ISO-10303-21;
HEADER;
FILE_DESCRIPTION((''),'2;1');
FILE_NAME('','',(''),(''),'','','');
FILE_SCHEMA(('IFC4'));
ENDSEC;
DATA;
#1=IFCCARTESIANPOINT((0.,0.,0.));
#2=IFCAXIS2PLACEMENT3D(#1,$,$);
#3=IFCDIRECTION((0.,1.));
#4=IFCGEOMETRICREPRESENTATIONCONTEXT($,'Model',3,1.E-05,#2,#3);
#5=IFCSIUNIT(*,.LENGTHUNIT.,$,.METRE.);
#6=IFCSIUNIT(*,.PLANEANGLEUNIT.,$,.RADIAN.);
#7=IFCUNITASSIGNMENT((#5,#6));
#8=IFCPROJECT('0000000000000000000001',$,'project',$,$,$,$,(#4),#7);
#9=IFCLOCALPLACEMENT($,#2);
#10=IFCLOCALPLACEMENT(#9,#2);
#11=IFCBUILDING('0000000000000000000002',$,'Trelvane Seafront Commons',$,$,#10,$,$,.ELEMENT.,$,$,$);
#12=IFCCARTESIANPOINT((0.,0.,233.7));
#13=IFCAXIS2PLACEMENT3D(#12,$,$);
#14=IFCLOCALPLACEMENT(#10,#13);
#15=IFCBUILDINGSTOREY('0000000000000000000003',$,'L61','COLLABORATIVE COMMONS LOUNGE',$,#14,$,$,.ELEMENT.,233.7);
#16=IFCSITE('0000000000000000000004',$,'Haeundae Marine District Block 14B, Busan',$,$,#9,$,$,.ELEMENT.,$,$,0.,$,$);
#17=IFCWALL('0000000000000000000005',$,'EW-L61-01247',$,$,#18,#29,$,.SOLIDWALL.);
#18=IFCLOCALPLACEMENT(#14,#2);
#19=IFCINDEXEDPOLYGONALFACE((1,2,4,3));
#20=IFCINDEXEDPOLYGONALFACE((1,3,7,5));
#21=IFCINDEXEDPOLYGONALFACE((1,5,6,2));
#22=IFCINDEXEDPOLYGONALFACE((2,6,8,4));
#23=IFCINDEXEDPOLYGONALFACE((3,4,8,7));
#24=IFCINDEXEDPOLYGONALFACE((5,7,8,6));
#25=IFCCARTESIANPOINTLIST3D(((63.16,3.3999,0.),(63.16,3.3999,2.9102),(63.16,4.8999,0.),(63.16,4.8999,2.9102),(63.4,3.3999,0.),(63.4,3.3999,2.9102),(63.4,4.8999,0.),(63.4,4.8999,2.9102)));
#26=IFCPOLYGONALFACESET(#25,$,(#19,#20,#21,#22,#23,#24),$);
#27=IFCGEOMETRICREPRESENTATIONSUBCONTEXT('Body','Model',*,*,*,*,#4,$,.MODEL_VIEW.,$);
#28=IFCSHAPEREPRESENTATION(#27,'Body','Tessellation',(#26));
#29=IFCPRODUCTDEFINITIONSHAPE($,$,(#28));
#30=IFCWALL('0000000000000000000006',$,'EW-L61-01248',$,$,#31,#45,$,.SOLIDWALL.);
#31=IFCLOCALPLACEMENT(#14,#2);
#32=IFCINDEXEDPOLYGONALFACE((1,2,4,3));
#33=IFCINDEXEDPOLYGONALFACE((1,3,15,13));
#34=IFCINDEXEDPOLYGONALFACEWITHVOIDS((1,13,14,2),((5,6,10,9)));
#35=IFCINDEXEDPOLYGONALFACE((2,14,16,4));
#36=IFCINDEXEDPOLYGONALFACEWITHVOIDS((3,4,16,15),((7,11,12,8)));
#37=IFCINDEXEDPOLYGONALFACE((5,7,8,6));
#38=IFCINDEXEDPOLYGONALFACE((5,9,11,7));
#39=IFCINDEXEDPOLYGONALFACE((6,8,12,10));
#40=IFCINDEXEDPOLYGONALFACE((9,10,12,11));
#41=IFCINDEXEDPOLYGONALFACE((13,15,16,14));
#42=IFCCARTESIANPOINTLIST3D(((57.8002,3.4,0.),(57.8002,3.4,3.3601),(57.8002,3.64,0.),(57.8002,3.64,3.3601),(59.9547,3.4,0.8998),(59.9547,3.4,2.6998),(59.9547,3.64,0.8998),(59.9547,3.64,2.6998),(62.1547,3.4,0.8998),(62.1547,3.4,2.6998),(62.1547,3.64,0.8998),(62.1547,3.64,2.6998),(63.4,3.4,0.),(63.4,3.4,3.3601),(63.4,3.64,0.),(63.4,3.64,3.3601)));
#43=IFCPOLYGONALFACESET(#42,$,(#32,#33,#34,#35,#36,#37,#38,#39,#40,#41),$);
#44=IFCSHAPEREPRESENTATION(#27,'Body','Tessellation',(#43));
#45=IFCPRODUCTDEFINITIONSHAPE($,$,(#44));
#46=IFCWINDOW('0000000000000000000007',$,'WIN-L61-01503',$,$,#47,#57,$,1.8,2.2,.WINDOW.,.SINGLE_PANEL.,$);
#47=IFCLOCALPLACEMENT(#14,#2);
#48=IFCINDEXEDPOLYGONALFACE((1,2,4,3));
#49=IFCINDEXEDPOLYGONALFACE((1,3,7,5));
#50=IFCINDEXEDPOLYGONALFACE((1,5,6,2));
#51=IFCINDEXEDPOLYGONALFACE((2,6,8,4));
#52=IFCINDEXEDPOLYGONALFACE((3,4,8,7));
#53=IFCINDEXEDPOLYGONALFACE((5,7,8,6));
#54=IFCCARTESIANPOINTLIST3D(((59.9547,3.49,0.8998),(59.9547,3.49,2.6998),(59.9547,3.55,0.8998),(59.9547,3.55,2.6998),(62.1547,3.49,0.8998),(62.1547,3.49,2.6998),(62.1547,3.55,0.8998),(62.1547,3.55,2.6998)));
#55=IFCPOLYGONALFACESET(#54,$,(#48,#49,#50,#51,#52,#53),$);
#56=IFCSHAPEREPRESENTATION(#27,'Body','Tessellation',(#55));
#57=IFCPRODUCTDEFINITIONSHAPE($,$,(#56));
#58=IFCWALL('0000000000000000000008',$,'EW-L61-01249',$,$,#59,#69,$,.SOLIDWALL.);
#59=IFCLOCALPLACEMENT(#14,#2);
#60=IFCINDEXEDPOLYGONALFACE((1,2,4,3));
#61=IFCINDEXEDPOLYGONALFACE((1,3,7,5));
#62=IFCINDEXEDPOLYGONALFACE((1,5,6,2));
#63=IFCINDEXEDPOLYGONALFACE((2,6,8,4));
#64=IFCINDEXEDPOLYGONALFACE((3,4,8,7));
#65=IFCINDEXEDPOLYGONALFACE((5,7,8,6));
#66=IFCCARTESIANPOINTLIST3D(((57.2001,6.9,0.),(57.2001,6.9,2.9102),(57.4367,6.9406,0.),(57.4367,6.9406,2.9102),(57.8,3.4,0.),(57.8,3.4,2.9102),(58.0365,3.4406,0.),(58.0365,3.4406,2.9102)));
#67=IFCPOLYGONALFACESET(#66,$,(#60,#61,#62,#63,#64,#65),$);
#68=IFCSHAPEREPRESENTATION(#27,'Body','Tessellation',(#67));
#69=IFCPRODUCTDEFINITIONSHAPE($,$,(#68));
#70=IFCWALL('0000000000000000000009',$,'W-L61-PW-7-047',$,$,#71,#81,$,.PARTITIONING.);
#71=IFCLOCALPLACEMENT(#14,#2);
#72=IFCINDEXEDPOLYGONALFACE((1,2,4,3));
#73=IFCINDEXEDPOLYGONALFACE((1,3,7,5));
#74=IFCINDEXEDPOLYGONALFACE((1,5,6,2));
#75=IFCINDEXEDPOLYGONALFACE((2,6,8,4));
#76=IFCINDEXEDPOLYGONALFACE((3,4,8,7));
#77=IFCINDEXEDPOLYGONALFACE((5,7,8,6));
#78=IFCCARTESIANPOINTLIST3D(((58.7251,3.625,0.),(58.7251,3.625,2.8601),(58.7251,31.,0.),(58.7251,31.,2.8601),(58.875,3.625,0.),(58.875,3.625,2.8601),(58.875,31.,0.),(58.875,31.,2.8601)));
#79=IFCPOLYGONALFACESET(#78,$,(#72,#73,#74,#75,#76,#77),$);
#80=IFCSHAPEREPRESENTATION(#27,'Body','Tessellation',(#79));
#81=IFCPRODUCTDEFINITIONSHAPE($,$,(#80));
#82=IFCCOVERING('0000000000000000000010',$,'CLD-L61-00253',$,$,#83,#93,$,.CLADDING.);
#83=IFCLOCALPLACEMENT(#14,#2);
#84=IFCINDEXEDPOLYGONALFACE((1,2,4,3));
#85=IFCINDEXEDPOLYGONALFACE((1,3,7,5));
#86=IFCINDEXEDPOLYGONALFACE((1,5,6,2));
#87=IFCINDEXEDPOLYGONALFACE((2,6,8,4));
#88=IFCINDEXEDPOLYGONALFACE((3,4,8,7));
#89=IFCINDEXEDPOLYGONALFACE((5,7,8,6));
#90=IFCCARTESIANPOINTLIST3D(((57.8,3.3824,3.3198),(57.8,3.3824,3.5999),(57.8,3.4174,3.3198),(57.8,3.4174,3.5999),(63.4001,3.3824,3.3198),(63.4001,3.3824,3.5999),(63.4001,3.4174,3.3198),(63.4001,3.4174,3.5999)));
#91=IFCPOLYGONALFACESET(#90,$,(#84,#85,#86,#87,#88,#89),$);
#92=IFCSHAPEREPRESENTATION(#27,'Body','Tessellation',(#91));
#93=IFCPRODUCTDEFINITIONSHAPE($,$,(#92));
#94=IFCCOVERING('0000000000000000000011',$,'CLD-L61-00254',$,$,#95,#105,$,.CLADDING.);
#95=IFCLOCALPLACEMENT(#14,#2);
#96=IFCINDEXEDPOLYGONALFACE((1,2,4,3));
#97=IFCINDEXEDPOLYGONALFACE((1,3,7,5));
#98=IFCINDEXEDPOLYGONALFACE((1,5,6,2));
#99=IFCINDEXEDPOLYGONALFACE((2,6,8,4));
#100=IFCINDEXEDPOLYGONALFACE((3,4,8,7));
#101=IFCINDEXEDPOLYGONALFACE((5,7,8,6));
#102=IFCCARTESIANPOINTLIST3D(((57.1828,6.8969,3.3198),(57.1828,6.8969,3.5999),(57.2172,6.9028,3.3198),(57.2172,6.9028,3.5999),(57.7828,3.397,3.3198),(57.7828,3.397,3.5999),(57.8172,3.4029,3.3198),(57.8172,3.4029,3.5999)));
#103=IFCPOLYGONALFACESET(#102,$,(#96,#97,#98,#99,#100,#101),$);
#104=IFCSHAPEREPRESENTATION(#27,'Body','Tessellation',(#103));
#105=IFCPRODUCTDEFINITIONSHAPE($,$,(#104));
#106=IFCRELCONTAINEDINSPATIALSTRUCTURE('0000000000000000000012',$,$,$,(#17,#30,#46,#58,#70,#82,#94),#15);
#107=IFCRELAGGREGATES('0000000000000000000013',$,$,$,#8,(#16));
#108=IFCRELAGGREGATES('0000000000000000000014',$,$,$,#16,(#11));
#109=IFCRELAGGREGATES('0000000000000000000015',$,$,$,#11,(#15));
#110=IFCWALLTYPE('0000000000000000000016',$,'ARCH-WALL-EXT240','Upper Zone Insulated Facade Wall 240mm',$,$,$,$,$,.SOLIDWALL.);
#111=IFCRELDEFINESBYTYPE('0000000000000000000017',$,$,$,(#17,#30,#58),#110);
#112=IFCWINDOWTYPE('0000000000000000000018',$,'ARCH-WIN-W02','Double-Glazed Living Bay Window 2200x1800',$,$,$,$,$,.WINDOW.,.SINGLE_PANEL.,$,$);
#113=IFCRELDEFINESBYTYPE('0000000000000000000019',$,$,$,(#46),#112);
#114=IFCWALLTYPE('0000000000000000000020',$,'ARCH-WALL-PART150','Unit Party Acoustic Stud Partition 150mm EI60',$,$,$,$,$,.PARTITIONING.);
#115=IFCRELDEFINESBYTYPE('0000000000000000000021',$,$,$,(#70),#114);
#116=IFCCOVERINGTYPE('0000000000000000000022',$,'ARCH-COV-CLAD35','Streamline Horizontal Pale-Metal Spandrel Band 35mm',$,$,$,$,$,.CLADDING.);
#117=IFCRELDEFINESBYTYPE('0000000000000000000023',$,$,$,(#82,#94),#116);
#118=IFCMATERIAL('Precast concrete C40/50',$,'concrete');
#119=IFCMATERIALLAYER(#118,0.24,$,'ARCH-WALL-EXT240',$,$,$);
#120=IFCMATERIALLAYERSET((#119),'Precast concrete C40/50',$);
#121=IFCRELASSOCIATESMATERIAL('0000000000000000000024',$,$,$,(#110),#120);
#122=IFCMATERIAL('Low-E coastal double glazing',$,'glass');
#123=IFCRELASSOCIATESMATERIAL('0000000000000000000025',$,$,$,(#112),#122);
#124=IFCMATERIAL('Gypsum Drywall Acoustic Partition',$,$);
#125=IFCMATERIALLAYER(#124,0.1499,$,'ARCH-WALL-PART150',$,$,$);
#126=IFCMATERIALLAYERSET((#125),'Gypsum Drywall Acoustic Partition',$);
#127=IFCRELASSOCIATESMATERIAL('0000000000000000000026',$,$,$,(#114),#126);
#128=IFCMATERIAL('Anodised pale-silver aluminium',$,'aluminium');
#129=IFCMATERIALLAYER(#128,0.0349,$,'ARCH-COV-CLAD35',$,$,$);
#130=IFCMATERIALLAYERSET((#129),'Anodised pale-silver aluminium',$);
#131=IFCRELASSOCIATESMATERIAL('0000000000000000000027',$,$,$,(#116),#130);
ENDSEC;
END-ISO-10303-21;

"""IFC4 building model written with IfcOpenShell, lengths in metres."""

from ifc_helpers import new_model, si_unit, direction, frame, frame_2d, origin, origin_2d, place, context, subcontext, project, spatial, rectangle, extrude, source, transform, mapped, material, layer, layer_set, type_object, element, fill, save


model = new_model("IFC4")

# Units and contexts
model_context = context("Model", 3, precision=1e-05, world=origin(), true_north=direction((0.0, 1.0)))
body_context = subcontext(model_context, "Body", "Model", "MODEL_VIEW")
ifc_project = project(units=[si_unit("LENGTHUNIT", "METRE"), si_unit("PLANEANGLEUNIT", "RADIAN")], contexts=[model_context])

# Site, building, storey
site_placement = place(None, origin())
site = spatial("IfcSite", under=ifc_project, at=site_placement, Name="Haeundae Marine District Block 14B, Busan", CompositionType="ELEMENT", RefElevation=0.0)
building_placement = place(site_placement, origin())
building = spatial("IfcBuilding", under=site, at=building_placement, Name="Trelvane Seafront Commons", CompositionType="ELEMENT")
storey_placement = place(building_placement, frame((0.0, 0.0, 233.7)))
storey = spatial("IfcBuildingStorey", under=building, at=storey_placement, Name="L61", Description="COLLABORATIVE COMMONS LOUNGE", CompositionType="ELEMENT", Elevation=233.7)

# Shared definitions
ifc_material_1 = material(Name="Anodised pale-silver aluminium", Category="aluminium")

# Shared definitions
ifc_material_2 = material(Name="Low-E coastal double glazing", Category="glass")

# Wall
ifc_material_3 = material(Name="Precast concrete C40/50", Category="concrete")
ifc_layer_1 = layer(ifc_material_3, 0.24, Name="ARCH-WALL-EXT240")
ifc_layer_set_1 = layer_set([ifc_layer_1], Name="Precast concrete C40/50")
wall_type_1 = type_object("IfcWallType", Name="ARCH-WALL-EXT240", Description="Upper Zone Insulated Facade Wall 240mm", PredefinedType="SOLIDWALL", material=ifc_layer_set_1)
wall_1_placement = place(storey_placement, frame((63.28, 4.8999, 0.0), z_axis=(0.0, 0.0, 1.0), x_axis=(0.0, -1.0, 0.0)))
element("IfcWall", 1, at=wall_1_placement, inside=storey, type_object=wall_type_1, Name="EW-L61-01247", PredefinedType="SOLIDWALL", context=body_context, shape_type="SweptSolid", body=[
    extrude(rectangle(XDim=1.5, YDim=0.24, at=frame_2d((0.75, 0.0))), origin(), (0.0, 0.0, 1.0), 2.9102),
])

# Wall, opening, window
wall_2_placement = place(storey_placement, frame((63.3999, 3.52, 0.0), z_axis=(0.0, 0.0, 1.0), x_axis=(-1.0, 0.0, 0.0)))
wall_2 = element("IfcWall", 2, at=wall_2_placement, inside=storey, type_object=wall_type_1, Name="EW-L61-01248", PredefinedType="SOLIDWALL", context=body_context, shape_type="SweptSolid", body=[
    extrude(rectangle(XDim=5.5999, YDim=0.24, at=frame_2d((2.7998, 0.0))), origin(), (0.0, 0.0, 1.0), 3.3601),
])
opening_placement = place(wall_2_placement, frame((1.2451, 0.0, 0.8999)))
opening = element("IfcOpeningElement", 3, at=opening_placement, cuts=wall_2, PredefinedType="OPENING", context=body_context, shape_type="SweptSolid", body=[
    extrude(rectangle(XDim=2.2, YDim=1.8, at=frame_2d((1.1001, 0.8999))), frame((0.0, 0.1299, 0.0), z_axis=(0.0, -1.0, 0.0), x_axis=(1.0, 0.0, 0.0)), (0.0, 0.0, 1.0), 0.26),
])
window_type = type_object("IfcWindowType", Name="ARCH-WIN-W02", Description="Double-Glazed Living Bay Window 2200x1800", PartitioningType="SINGLE_PANEL", PredefinedType="WINDOW", material=ifc_material_2)
shared_shape_1 = source(origin(), body_context, "Body", "SweptSolid", [
    extrude(rectangle(XDim=2.2, YDim=1.8, at=frame_2d((1.1001, 0.8999))), frame((0.0, 0.03, 0.0), z_axis=(0.0, -1.0, 0.0), x_axis=(1.0, 0.0, 0.0)), (0.0, 0.0, 1.0), 0.0601),
])
window_placement = place(opening_placement, origin())
window = element("IfcWindow", 4, at=window_placement, inside=storey, type_object=window_type, Name="WIN-L61-01503", OverallHeight=1.8, OverallWidth=2.2, PartitioningType="SINGLE_PANEL", PredefinedType="WINDOW", context=body_context, shape_type="MappedRepresentation", body=[
    mapped(shared_shape_1, transform((0.0, 0.0, 0.0), x_axis=(1.0, 0.0, 0.0), y_axis=(0.0, 1.0, 0.0), z_axis=(0.0, 0.0, 1.0), scale=1.0)),
])
fill(opening, window)

# Walls
wall_3_placement = place(storey_placement, frame((57.9182, 3.4204, 0.0), z_axis=(0.0, 0.0, 1.0), x_axis=(-0.168924, 0.985629, 0.0)))
element("IfcWall", 5, at=wall_3_placement, inside=storey, type_object=wall_type_1, Name="EW-L61-01249", PredefinedType="SOLIDWALL", context=body_context, shape_type="SweptSolid", body=[
    extrude(rectangle(XDim=3.551, YDim=0.24, at=frame_2d((1.7754, 0.0))), origin(), (0.0, 0.0, 1.0), 2.9102),
])
ifc_material_4 = material(Name="Gypsum Drywall Acoustic Partition")
ifc_layer_2 = layer(ifc_material_4, 0.1499, Name="ARCH-WALL-PART150")
ifc_layer_set_2 = layer_set([ifc_layer_2], Name="Gypsum Drywall Acoustic Partition")
wall_type_2 = type_object("IfcWallType", Name="ARCH-WALL-PART150", Description="Unit Party Acoustic Stud Partition 150mm EI60", PredefinedType="PARTITIONING", material=ifc_layer_set_2)
wall_4_placement = place(storey_placement, frame((58.8, 3.625, 0.0), z_axis=(0.0, 0.0, 1.0), x_axis=(0.0, 1.0, 0.0)))
element("IfcWall", 6, at=wall_4_placement, inside=storey, type_object=wall_type_2, Name="W-L61-PW-7-047", PredefinedType="PARTITIONING", context=body_context, shape_type="SweptSolid", body=[
    extrude(rectangle(XDim=27.375, YDim=0.1499, at=frame_2d((13.6875, 0.0))), origin(), (0.0, 0.0, 1.0), 2.8601),
])

# Coverings
ifc_layer_3 = layer(ifc_material_1, 0.0349, Name="ARCH-COV-CLAD35")
ifc_layer_set_3 = layer_set([ifc_layer_3], Name="Anodised pale-silver aluminium")
covering_type = type_object("IfcCoveringType", Name="ARCH-COV-CLAD35", Description="Streamline Horizontal Pale-Metal Spandrel Band 35mm", PredefinedType="CLADDING", material=ifc_layer_set_3)
shared_shape_2 = source(origin(), body_context, "Body", "SweptSolid", [
    extrude(rectangle(XDim=5.6001, YDim=0.0349, at=origin_2d()), origin(), (0.0, 0.0, 1.0), 0.28),
])
covering_1_placement = place(storey_placement, frame((60.6001, 3.3999, 3.3198), z_axis=(0.0, 0.0, 1.0), x_axis=(-1.0, 0.0, 0.0)))
element("IfcCovering", 7, at=covering_1_placement, inside=storey, type_object=covering_type, Name="CLD-L61-00253", PredefinedType="CLADDING", context=body_context, shape_type="MappedRepresentation", body=[
    mapped(shared_shape_2, transform((0.0, 0.0, 0.0), x_axis=(1.0, 0.0, 0.0), y_axis=(0.0, 1.0, 0.0), z_axis=(0.0, 0.0, 1.0), scale=1.0)),
])
shared_shape_3 = source(origin(), body_context, "Body", "SweptSolid", [
    extrude(rectangle(XDim=3.551, YDim=0.0349, at=origin_2d()), origin(), (0.0, 0.0, 1.0), 0.28),
])
covering_2_placement = place(storey_placement, frame((57.5, 5.1499, 3.3198), z_axis=(0.0, 0.0, 1.0), x_axis=(-0.168964, 0.985622, 0.0)))
element("IfcCovering", 8, at=covering_2_placement, inside=storey, type_object=covering_type, Name="CLD-L61-00254", PredefinedType="CLADDING", context=body_context, shape_type="MappedRepresentation", body=[
    mapped(shared_shape_3, transform((0.0, 0.0, 0.0), x_axis=(1.0, 0.0, 0.0), y_axis=(0.0, 1.0, 0.0), z_axis=(0.0, 0.0, 1.0), scale=1.0)),
])

save(model, "model.ifc")
